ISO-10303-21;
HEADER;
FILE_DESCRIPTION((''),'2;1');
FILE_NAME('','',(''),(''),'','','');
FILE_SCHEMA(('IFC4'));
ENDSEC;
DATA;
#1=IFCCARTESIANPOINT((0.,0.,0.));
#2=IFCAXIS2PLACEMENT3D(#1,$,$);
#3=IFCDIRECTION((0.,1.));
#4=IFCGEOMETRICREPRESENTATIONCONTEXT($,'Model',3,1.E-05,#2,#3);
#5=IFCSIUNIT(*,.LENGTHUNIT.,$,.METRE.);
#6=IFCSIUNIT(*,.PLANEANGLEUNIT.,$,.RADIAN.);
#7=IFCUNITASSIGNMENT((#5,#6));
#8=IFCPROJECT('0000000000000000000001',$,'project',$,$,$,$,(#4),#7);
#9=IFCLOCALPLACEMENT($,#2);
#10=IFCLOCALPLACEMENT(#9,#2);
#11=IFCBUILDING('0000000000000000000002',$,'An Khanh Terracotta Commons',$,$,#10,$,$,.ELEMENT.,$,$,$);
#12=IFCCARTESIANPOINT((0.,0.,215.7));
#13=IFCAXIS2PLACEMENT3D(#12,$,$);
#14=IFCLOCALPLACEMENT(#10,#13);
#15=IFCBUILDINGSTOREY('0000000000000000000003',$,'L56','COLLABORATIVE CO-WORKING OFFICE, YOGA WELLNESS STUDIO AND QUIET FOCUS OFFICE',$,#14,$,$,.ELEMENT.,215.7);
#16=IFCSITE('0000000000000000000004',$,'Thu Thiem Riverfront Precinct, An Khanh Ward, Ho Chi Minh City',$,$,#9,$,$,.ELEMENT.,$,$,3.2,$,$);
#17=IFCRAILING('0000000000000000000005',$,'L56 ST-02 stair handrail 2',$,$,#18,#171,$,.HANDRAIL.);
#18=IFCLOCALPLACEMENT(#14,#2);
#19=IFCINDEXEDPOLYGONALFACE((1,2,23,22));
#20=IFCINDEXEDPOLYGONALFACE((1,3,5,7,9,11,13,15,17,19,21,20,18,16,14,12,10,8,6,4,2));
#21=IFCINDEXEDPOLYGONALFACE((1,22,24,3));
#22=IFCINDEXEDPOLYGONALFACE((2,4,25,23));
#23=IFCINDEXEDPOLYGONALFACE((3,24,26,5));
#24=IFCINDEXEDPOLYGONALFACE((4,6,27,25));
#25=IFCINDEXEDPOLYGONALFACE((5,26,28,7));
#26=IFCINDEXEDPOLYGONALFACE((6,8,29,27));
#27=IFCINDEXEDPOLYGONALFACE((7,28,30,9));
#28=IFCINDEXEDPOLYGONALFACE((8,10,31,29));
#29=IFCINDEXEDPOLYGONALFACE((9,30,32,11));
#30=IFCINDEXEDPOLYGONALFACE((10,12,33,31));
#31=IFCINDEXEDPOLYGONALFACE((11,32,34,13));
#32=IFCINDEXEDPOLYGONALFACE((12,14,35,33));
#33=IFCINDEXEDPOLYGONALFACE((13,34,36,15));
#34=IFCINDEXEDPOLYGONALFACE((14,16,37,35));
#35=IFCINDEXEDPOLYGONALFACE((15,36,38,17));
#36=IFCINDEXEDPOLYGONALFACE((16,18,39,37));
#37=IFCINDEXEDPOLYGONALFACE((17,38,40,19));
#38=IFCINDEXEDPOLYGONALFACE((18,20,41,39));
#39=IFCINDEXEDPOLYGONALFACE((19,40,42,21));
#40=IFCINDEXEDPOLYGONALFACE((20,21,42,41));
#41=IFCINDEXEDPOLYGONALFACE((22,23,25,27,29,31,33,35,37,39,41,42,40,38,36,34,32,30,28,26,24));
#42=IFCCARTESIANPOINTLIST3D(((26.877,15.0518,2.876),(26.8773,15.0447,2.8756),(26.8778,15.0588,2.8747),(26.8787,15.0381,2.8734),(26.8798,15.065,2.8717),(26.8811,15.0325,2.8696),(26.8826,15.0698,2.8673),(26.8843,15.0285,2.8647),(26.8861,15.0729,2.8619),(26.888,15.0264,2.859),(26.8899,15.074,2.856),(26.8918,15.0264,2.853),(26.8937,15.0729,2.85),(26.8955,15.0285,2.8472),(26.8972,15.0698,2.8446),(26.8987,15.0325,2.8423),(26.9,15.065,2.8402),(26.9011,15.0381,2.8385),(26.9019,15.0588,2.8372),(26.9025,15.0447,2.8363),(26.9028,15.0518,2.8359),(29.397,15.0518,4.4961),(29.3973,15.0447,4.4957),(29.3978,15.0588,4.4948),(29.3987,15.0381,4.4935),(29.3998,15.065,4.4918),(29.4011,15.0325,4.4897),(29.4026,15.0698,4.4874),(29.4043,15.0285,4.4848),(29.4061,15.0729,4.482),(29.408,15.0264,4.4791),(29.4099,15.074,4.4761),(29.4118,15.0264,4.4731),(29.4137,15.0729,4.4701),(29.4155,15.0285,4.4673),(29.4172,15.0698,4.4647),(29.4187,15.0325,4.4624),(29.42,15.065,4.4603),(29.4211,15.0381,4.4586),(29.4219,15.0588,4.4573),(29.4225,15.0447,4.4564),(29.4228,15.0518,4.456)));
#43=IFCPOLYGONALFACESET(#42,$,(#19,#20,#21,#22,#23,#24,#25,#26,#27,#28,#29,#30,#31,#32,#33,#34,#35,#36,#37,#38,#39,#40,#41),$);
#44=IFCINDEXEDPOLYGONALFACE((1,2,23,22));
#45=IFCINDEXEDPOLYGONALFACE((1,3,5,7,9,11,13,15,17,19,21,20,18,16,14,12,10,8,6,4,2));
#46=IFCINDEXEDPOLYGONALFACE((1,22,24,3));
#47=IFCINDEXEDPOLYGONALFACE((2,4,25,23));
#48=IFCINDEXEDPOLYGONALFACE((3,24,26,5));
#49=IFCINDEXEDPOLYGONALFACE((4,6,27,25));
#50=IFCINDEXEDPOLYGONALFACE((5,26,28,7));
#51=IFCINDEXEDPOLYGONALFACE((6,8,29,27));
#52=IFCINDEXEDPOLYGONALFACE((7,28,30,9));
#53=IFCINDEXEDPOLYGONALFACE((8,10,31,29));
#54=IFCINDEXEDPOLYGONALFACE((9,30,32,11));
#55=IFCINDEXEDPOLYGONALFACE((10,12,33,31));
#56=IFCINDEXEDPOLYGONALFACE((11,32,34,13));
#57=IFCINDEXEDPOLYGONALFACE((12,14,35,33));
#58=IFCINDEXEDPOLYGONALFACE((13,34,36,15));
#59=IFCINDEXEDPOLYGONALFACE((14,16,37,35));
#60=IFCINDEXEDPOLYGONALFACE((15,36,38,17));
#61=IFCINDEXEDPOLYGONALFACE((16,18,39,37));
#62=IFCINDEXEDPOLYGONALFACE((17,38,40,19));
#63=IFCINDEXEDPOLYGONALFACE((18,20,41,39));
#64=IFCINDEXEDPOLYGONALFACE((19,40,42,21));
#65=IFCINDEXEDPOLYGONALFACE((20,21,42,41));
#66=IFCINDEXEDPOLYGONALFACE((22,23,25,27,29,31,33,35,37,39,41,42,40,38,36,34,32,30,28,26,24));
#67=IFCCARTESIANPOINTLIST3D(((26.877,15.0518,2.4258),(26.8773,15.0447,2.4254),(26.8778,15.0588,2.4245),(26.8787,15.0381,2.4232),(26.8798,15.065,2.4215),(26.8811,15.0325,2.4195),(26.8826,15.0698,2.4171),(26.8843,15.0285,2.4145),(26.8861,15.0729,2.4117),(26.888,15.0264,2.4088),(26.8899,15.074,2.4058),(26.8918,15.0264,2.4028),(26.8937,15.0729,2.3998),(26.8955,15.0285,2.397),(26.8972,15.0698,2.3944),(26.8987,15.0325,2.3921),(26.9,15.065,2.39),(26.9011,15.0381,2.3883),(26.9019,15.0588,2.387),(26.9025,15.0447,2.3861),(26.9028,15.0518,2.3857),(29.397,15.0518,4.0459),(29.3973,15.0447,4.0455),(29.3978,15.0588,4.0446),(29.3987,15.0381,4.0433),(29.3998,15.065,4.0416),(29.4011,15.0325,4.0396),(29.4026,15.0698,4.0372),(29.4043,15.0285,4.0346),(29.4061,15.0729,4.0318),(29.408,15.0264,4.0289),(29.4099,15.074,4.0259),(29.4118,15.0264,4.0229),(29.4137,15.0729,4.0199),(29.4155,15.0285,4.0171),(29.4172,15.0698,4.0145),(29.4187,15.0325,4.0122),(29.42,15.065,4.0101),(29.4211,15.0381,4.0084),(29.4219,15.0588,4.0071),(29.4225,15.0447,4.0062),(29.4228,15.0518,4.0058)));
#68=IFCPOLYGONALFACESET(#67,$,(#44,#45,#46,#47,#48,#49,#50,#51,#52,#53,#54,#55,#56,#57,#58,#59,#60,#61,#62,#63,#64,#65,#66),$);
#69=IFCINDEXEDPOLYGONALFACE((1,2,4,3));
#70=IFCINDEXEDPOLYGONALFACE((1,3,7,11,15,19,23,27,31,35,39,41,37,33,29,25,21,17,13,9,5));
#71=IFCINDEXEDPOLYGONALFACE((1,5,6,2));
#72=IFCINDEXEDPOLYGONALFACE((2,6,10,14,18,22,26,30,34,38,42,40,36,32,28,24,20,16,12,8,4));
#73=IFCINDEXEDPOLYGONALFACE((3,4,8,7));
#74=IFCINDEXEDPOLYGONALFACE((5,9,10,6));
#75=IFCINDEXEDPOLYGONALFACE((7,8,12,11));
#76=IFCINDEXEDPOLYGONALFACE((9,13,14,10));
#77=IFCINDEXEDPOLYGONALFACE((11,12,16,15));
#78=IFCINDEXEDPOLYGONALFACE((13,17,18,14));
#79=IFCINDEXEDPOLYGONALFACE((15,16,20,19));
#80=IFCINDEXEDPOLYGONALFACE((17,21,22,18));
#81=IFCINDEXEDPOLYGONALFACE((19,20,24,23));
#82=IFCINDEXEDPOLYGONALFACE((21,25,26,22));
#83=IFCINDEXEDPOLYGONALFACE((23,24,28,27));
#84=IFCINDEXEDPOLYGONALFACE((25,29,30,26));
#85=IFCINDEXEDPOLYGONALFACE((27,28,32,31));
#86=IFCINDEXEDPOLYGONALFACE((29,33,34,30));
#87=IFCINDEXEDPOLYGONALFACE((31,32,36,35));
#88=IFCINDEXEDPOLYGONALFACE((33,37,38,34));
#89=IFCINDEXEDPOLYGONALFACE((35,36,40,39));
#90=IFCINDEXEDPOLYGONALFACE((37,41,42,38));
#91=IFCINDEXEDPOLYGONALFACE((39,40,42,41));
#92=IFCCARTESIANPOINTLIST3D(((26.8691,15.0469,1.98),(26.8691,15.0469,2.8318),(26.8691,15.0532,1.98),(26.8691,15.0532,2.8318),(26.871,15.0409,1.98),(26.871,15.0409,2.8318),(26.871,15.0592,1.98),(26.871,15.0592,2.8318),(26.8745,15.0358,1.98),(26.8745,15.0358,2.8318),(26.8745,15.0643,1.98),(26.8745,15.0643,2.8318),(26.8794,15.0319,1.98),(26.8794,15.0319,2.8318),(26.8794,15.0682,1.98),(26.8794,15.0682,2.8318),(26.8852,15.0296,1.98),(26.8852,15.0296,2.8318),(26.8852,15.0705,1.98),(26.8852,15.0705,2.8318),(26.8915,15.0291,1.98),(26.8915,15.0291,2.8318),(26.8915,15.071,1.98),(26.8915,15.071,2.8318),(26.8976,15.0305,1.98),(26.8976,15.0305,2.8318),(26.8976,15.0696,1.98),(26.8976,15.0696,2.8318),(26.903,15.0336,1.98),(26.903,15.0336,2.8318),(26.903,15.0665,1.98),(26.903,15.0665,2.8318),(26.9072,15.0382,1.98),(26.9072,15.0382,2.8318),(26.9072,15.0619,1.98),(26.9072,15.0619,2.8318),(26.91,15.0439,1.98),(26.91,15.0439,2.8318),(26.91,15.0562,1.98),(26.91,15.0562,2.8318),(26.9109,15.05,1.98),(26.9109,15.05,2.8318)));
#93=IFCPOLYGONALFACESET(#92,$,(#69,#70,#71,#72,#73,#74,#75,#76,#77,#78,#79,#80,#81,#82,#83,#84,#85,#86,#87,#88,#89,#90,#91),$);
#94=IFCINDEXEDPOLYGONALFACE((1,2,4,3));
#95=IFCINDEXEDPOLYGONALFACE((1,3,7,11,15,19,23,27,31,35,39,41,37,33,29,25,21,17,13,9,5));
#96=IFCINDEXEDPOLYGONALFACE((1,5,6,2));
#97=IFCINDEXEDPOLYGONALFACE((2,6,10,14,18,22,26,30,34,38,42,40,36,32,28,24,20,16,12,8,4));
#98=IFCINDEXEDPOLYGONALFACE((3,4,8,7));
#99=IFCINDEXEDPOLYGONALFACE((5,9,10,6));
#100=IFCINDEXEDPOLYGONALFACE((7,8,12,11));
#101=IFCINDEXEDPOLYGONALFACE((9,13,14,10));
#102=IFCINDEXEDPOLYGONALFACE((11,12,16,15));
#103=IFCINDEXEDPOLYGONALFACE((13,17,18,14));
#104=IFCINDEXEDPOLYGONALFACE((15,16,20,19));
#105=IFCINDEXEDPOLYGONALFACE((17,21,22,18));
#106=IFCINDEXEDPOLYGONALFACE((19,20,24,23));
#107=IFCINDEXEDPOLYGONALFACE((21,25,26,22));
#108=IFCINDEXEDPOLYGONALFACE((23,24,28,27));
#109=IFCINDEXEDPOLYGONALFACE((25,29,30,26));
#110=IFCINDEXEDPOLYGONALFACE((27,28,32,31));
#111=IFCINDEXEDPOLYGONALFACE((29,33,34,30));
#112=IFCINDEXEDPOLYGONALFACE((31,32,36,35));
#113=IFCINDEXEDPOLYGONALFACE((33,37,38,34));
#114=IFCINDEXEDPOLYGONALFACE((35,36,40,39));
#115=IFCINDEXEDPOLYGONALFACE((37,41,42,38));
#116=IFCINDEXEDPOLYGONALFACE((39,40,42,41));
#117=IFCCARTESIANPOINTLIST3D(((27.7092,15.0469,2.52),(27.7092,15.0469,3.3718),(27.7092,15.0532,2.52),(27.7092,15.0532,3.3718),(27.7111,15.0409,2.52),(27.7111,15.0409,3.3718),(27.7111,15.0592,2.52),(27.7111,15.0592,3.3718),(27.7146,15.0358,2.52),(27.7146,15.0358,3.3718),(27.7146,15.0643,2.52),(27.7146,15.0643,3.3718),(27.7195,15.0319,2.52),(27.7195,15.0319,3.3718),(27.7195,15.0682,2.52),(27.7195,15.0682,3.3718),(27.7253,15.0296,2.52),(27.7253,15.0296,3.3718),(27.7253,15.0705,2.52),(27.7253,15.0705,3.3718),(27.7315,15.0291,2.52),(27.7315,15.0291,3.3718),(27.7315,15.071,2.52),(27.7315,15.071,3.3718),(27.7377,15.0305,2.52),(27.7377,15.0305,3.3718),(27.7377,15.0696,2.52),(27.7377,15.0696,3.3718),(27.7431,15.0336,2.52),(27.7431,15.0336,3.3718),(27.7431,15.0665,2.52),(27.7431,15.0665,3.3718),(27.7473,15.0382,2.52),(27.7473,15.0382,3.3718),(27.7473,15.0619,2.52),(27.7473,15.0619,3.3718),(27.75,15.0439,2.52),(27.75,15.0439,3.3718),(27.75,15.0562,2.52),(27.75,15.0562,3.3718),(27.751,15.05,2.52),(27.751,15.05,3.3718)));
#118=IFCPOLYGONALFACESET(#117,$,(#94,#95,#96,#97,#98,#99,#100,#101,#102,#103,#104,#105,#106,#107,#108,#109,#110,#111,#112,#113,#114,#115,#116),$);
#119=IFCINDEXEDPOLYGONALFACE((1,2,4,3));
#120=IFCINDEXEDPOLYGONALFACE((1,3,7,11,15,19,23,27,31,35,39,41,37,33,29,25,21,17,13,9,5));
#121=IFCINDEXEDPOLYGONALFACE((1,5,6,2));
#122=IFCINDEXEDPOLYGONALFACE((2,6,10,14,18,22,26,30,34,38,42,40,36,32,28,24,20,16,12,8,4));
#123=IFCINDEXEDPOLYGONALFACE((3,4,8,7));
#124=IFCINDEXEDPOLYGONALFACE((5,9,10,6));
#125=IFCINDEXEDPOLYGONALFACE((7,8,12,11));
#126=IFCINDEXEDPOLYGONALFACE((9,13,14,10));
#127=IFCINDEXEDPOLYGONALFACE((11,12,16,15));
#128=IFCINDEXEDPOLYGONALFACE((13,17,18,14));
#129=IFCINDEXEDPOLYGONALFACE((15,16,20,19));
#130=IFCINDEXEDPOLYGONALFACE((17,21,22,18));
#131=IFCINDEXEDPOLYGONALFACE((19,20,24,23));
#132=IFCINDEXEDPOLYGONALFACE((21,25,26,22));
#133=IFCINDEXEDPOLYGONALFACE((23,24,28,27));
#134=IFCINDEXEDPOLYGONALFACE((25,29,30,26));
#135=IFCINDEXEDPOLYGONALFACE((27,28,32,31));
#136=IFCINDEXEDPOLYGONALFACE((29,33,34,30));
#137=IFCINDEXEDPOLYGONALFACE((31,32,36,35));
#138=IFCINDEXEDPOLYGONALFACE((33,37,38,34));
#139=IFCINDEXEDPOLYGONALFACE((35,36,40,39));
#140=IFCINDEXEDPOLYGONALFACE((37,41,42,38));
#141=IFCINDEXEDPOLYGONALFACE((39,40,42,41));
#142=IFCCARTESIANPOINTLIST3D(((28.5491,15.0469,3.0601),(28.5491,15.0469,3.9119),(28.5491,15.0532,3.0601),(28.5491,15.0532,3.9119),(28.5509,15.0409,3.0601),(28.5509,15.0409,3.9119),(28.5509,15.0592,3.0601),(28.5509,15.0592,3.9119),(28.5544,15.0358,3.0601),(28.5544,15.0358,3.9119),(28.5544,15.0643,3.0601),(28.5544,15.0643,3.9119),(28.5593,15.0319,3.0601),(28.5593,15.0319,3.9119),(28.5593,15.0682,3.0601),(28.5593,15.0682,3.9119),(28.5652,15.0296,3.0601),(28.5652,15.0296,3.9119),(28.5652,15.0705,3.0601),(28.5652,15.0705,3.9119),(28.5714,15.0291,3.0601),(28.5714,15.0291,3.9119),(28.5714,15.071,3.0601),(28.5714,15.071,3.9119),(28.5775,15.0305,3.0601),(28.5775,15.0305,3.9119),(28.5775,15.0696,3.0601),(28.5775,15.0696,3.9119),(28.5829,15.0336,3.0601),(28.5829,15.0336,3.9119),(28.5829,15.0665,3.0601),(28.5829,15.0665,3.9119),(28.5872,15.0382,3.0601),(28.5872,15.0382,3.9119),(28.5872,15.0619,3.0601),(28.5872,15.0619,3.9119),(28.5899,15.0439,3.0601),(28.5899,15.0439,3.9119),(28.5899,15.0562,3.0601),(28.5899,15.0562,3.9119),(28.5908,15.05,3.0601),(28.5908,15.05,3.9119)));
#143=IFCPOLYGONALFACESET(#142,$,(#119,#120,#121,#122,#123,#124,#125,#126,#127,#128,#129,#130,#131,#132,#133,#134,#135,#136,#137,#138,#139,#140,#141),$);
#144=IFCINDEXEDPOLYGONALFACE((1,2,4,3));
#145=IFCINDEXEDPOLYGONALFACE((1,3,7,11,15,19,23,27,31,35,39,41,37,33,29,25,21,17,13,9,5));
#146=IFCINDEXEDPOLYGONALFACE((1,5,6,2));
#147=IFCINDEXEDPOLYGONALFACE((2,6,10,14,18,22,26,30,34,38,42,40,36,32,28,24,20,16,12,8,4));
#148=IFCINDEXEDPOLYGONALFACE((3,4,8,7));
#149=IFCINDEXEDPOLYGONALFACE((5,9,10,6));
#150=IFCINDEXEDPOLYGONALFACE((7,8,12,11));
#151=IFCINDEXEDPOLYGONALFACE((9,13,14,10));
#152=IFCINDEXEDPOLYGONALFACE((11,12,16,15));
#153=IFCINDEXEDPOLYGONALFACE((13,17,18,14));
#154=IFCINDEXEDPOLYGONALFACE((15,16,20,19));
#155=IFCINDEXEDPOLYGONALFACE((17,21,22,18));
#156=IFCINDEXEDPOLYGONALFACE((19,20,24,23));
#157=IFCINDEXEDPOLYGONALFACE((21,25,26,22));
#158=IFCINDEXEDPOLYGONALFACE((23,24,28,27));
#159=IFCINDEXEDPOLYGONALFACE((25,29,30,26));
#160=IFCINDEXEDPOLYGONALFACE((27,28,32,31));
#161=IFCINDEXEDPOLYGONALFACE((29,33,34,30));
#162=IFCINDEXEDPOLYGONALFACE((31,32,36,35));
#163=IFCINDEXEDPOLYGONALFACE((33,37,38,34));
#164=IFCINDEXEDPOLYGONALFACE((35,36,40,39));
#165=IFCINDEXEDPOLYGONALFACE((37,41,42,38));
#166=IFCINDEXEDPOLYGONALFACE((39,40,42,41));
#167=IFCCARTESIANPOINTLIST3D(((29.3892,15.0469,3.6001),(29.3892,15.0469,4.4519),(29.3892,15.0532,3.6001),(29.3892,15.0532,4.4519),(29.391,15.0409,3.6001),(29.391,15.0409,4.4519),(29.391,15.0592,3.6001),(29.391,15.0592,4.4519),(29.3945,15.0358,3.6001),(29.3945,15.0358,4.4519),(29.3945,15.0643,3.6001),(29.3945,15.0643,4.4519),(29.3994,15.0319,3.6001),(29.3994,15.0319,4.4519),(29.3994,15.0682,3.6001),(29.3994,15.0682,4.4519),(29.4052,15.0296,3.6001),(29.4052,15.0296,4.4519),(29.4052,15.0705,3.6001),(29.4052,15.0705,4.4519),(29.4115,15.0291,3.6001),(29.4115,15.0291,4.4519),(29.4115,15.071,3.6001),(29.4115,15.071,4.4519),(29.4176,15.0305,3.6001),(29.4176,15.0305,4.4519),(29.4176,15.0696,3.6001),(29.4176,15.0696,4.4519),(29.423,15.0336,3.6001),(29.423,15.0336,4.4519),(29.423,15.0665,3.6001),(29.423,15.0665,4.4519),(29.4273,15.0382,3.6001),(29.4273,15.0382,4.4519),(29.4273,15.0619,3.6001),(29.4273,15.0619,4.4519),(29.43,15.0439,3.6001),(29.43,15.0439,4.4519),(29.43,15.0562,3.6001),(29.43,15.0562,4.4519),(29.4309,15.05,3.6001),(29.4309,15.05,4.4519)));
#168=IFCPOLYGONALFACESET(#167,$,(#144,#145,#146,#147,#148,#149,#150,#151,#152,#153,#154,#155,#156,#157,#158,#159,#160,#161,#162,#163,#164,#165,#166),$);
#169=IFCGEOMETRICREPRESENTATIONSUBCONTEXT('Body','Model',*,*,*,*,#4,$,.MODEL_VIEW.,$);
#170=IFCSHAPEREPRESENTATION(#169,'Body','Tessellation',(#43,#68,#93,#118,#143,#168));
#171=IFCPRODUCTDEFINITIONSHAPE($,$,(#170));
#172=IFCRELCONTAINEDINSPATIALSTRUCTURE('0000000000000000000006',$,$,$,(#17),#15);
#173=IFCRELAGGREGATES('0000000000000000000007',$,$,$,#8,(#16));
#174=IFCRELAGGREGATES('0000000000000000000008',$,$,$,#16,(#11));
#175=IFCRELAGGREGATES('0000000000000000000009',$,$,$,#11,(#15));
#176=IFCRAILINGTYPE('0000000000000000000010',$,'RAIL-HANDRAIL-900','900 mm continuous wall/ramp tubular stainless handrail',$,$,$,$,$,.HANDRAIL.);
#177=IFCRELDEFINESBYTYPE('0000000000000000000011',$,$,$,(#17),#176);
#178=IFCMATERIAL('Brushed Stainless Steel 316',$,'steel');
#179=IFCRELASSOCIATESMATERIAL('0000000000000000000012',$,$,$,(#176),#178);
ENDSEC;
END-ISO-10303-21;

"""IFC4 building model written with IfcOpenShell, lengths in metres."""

from ifc_helpers import new_model, si_unit, direction, frame, origin, origin_2d, place, context, subcontext, project, spatial, circle, extrude, material, type_object, element, save


model = new_model("IFC4")

# Units and contexts
model_context = context("Model", 3, precision=1e-05, world=origin(), true_north=direction((0.0, 1.0)))
body_context = subcontext(model_context, "Body", "Model", "MODEL_VIEW")
ifc_project = project(units=[si_unit("LENGTHUNIT", "METRE"), si_unit("PLANEANGLEUNIT", "RADIAN")], contexts=[model_context])

# Site, building, storey
site_placement = place(None, origin())
site = spatial("IfcSite", under=ifc_project, at=site_placement, Name="Thu Thiem Riverfront Precinct, An Khanh Ward, Ho Chi Minh City", CompositionType="ELEMENT", RefElevation=3.2)
building_placement = place(site_placement, origin())
building = spatial("IfcBuilding", under=site, at=building_placement, Name="An Khanh Terracotta Commons", CompositionType="ELEMENT")
storey_placement = place(building_placement, frame((0.0, 0.0, 215.7)))
storey = spatial("IfcBuildingStorey", under=building, at=storey_placement, Name="L56", Description="COLLABORATIVE CO-WORKING OFFICE, YOGA WELLNESS STUDIO AND QUIET FOCUS OFFICE", CompositionType="ELEMENT", Elevation=215.7)

# Railing
ifc_material_1 = material(Name="Brushed Stainless Steel 316", Category="steel")
railing_type_1 = type_object("IfcRailingType", Name="RAIL-HANDRAIL-900", Description="900 mm continuous wall/ramp tubular stainless handrail", PredefinedType="HANDRAIL", material=ifc_material_1)
railing_1_placement = place(storey_placement, frame((26.8899, 15.05, 1.98)))
element("IfcRailing", 1, at=railing_1_placement, inside=storey, type_object=railing_type_1, Name="L56 ST-02 stair handrail 2", PredefinedType="HANDRAIL", context=body_context, shape_type="SweptSolid", body=[
    extrude(circle(Radius=0.0239, at=origin_2d()), frame((0.0, 0.0, 0.876), z_axis=(0.841163, 0.0, 0.540782), x_axis=(0.0, 1.0, 0.0)), (0.0, 0.0, 1.0), 2.9958),
    extrude(circle(Radius=0.0239, at=origin_2d()), frame((0.0, 0.0, 0.4258), z_axis=(0.841163, 0.0, 0.540782), x_axis=(0.0, 1.0, 0.0)), (0.0, 0.0, 1.0), 2.9958),
    extrude(circle(Radius=0.021, at=origin_2d()), origin(), (0.0, 0.0, 1.0), 0.8518),
    extrude(circle(Radius=0.021, at=origin_2d()), frame((0.8401, 0.0, 0.54)), (0.0, 0.0, 1.0), 0.8518),
    extrude(circle(Radius=0.021, at=origin_2d()), frame((1.6799, 0.0, 1.0801)), (0.0, 0.0, 1.0), 0.8518),
    extrude(circle(Radius=0.021, at=origin_2d()), frame((2.52, 0.0, 1.6201)), (0.0, 0.0, 1.0), 0.8518),
])

save(model, "model.ifc")
